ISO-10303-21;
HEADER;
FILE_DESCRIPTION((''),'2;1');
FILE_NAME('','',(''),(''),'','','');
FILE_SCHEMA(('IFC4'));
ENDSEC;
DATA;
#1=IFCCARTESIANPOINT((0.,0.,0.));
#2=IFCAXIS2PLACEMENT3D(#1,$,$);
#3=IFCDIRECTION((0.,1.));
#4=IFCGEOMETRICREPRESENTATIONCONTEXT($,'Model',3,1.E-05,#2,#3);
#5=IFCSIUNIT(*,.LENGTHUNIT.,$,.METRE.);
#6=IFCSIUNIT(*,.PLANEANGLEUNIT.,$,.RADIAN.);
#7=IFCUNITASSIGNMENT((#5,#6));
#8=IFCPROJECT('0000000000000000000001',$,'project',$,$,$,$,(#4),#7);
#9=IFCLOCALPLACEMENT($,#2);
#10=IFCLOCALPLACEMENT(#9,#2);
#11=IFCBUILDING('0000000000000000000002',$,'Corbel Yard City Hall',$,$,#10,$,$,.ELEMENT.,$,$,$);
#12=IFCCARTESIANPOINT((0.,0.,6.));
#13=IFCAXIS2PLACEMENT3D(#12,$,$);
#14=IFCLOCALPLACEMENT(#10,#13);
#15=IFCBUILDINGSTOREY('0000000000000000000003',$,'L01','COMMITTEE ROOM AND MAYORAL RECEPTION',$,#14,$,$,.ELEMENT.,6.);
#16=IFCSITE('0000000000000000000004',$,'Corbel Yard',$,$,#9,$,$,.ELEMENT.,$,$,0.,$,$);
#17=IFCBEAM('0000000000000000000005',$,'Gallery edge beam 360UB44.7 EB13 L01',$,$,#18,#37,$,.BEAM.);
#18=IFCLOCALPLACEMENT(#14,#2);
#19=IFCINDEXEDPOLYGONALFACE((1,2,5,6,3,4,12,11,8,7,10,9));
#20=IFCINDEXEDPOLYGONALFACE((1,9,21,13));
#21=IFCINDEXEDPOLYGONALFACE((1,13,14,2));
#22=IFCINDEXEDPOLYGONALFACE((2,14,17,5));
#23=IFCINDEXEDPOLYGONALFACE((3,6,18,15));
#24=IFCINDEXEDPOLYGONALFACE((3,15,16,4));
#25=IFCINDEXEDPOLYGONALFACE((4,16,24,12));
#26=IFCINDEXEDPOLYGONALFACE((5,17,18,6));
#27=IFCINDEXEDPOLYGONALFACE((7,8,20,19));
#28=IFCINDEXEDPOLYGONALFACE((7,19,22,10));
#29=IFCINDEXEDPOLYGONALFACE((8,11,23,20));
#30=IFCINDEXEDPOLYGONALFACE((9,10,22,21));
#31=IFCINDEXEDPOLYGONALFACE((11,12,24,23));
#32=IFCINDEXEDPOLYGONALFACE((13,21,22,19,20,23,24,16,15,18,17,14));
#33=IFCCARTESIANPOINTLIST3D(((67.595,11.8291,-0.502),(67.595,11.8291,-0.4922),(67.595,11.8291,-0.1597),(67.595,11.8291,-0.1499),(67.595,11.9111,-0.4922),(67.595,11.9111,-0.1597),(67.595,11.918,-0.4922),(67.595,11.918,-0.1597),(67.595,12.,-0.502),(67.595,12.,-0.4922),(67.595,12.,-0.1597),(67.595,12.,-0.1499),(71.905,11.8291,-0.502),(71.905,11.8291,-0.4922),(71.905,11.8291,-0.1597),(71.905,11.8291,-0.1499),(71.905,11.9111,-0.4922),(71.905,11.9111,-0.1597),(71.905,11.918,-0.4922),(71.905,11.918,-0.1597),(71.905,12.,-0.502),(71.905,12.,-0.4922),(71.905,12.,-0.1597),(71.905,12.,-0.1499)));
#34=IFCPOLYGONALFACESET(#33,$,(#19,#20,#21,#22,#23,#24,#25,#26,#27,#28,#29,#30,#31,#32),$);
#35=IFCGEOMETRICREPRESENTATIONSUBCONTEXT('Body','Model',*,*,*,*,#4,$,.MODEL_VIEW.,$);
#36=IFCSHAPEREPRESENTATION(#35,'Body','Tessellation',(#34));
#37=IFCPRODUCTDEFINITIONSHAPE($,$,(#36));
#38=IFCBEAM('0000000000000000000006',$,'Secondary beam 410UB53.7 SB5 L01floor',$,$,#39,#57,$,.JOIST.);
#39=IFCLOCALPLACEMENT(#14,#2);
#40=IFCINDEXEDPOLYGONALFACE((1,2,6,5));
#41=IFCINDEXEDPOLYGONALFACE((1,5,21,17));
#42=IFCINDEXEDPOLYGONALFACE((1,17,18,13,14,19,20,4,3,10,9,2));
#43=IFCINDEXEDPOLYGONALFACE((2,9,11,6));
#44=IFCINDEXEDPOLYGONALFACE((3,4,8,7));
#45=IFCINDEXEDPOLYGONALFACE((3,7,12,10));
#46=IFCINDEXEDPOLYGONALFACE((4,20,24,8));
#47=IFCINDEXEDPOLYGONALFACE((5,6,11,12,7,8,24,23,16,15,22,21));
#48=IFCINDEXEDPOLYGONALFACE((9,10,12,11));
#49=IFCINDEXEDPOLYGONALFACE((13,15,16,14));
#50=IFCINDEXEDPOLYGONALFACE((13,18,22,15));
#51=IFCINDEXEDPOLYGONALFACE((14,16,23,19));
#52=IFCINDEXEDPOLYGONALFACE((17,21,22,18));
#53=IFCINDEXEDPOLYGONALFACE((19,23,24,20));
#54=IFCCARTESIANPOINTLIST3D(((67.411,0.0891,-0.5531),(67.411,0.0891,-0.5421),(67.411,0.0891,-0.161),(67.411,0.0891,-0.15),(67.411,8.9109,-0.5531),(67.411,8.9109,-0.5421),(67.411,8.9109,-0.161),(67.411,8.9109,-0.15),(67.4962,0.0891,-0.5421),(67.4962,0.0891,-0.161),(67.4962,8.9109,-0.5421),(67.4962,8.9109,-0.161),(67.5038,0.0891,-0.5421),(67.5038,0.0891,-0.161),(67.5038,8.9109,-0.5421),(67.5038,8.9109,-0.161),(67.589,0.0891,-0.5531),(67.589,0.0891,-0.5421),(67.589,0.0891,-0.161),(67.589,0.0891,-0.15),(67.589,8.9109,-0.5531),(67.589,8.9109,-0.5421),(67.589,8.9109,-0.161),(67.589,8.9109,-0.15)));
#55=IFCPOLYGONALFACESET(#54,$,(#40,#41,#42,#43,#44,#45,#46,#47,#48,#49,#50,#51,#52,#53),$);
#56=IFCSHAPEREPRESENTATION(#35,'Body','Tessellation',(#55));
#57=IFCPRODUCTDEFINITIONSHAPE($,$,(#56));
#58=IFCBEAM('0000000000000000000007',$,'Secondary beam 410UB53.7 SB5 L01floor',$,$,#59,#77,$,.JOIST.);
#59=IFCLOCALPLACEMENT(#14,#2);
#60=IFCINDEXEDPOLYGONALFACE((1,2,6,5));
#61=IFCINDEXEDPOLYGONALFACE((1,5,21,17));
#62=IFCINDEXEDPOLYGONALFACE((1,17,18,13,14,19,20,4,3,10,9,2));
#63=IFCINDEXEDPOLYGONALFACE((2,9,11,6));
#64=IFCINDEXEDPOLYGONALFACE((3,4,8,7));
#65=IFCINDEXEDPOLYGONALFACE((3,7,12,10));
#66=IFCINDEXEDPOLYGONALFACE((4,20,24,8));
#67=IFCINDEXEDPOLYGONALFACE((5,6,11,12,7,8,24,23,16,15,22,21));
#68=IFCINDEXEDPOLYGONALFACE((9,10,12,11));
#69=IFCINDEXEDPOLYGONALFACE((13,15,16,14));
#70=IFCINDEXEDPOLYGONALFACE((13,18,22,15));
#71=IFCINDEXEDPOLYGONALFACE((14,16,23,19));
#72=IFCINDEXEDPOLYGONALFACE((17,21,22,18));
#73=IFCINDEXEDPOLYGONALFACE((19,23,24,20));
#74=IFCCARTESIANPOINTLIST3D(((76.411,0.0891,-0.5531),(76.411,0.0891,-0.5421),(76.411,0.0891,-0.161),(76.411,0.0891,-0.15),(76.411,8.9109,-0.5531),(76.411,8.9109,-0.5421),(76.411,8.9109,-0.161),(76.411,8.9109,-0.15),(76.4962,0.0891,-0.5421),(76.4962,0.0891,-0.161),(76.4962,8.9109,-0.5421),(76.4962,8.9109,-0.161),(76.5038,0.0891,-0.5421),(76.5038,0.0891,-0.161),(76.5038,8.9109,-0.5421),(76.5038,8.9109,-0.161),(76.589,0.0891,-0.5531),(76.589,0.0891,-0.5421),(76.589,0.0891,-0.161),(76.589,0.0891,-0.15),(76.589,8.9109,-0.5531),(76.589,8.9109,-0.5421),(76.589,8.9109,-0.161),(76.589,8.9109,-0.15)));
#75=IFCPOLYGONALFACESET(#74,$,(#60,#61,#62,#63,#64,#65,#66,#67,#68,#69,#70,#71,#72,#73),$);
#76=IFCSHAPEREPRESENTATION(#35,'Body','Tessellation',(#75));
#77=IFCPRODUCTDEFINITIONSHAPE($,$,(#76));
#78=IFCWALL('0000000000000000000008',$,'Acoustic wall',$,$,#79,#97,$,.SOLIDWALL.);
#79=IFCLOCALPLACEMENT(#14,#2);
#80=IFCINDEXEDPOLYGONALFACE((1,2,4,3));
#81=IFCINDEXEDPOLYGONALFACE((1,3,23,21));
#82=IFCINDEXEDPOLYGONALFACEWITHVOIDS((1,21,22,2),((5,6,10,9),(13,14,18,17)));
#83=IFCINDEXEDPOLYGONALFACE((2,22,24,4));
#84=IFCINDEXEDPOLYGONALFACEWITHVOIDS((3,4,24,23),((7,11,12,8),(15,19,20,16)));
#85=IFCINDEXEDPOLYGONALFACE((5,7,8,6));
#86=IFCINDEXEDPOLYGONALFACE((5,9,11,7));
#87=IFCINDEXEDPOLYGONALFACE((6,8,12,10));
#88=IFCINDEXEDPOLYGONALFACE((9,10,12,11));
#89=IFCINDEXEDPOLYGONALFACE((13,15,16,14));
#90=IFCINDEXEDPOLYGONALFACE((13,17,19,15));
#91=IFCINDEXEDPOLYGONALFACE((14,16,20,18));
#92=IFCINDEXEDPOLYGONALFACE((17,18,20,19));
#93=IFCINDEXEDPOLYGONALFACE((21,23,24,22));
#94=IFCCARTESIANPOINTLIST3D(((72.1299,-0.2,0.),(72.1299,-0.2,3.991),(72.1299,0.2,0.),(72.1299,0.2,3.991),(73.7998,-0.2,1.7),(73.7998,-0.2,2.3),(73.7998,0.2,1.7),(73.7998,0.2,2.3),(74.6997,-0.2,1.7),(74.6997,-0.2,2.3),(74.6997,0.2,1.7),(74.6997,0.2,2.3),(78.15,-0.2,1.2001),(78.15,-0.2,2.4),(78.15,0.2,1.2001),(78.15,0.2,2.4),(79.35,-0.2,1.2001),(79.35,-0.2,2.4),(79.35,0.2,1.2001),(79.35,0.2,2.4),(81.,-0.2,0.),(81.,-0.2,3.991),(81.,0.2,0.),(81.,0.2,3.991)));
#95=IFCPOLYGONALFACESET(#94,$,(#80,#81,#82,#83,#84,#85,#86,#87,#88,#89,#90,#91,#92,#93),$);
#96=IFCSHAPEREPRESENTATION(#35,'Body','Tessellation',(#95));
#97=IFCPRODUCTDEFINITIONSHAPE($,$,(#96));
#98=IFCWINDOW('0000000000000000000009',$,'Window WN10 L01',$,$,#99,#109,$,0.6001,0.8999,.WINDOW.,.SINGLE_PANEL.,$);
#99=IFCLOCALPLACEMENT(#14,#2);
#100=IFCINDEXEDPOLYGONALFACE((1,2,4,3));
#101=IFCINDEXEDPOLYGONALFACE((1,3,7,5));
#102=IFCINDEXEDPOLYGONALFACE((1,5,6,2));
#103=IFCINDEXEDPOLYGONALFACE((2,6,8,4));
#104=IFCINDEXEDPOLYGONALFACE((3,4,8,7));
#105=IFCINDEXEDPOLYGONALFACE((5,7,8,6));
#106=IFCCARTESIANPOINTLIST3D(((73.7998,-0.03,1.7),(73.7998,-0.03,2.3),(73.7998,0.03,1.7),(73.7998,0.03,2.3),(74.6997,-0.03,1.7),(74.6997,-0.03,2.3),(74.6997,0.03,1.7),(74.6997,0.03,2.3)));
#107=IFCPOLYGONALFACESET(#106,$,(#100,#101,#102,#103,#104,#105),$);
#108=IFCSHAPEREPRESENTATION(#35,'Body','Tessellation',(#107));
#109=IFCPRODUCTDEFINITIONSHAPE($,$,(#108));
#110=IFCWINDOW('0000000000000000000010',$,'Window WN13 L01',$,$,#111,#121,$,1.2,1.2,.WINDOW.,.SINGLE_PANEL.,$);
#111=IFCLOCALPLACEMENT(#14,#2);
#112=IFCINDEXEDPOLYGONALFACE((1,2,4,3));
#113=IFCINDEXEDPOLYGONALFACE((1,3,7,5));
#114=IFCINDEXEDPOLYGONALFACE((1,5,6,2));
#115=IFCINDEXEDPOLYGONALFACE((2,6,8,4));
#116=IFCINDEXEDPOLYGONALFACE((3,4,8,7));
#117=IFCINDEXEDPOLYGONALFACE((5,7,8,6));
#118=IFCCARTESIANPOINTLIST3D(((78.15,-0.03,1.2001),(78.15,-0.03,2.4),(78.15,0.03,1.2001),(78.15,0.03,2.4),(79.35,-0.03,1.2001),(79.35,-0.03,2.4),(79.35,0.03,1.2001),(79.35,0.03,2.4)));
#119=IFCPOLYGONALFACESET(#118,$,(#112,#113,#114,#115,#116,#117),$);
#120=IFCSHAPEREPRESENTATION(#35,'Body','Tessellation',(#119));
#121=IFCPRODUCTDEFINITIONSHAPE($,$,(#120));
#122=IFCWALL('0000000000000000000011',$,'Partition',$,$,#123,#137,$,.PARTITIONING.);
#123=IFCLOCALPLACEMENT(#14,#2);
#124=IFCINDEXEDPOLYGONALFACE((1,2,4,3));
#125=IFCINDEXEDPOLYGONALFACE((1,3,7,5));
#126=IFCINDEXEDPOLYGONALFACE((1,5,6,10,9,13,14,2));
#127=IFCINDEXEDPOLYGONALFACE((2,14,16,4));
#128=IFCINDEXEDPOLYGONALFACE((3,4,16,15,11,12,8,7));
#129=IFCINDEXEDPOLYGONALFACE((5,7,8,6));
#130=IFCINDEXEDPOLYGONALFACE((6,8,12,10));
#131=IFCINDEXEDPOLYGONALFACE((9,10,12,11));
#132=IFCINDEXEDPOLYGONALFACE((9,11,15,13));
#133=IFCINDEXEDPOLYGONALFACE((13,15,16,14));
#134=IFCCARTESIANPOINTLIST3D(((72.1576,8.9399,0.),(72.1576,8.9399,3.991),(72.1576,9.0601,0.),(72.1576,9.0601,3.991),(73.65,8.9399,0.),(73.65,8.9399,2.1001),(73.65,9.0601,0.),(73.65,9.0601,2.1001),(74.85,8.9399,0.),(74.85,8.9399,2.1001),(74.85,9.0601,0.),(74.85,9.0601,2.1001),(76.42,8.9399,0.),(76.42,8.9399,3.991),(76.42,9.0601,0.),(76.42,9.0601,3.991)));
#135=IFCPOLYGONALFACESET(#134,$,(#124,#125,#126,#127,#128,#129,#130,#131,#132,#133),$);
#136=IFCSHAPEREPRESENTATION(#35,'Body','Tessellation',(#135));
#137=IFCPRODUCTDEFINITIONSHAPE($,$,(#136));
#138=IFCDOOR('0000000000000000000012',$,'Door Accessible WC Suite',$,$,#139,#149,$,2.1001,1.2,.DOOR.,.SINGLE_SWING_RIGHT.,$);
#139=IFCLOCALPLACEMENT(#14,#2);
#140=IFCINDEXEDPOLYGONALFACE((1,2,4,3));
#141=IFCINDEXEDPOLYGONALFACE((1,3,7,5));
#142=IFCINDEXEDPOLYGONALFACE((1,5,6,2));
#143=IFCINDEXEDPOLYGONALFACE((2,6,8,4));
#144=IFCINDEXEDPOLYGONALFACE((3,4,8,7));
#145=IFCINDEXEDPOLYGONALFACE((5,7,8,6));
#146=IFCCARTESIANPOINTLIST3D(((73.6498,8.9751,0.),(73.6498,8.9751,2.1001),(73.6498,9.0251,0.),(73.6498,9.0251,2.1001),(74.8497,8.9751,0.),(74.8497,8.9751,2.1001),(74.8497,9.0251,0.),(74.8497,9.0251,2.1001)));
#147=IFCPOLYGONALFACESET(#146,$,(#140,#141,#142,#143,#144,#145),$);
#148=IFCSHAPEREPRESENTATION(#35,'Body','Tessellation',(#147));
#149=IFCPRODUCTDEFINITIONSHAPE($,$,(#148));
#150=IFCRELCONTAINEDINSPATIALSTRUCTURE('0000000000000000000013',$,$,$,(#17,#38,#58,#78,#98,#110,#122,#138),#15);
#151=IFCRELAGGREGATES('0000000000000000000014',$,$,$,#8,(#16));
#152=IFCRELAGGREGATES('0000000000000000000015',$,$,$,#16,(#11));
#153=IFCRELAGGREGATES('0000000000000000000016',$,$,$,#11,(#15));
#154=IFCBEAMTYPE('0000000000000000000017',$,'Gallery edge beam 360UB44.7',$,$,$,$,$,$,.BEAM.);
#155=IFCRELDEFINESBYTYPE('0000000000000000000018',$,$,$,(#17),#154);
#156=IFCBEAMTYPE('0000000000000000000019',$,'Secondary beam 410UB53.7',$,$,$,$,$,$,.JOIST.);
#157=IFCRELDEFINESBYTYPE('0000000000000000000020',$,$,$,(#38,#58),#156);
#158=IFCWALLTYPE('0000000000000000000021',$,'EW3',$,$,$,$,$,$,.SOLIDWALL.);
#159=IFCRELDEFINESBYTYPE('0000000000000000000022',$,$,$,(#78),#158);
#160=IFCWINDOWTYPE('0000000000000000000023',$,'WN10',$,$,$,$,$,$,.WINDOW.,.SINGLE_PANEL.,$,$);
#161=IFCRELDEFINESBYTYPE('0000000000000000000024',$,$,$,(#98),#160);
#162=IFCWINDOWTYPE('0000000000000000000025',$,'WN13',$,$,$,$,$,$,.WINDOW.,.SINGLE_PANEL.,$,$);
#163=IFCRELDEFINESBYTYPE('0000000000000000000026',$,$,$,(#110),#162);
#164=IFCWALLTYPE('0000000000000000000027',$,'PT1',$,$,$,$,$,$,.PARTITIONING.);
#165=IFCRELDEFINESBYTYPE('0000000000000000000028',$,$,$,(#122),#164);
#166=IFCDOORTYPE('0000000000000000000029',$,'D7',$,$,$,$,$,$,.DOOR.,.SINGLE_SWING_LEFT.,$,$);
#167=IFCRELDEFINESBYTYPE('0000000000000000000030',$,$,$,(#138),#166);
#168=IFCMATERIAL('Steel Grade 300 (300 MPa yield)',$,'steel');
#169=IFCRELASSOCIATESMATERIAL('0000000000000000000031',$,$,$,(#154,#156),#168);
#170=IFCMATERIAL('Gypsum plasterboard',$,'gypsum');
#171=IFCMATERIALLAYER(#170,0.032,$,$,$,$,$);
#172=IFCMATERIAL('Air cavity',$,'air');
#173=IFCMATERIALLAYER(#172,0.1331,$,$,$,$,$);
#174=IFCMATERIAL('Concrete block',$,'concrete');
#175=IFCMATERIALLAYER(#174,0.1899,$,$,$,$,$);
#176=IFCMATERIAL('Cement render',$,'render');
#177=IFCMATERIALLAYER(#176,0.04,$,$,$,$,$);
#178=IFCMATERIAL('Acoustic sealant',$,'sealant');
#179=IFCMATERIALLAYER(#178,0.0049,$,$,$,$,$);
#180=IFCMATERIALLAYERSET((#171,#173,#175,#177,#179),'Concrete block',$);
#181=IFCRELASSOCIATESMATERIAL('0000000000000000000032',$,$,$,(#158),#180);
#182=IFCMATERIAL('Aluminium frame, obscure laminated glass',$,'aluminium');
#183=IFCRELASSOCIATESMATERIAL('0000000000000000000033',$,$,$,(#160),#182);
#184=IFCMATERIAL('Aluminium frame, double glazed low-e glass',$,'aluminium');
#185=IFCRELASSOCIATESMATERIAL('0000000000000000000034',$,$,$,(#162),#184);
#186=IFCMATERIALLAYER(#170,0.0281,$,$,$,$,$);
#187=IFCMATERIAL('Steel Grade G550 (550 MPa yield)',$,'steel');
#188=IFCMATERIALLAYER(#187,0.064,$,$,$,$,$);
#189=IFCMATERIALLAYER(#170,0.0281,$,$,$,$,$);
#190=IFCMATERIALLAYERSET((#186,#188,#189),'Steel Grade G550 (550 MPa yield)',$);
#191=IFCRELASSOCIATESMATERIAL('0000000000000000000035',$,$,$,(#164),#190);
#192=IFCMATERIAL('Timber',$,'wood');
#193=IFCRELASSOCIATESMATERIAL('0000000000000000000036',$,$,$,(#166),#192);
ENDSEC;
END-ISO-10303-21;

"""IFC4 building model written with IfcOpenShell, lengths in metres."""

from ifc_helpers import new_model, si_unit, direction, frame, frame_2d, origin, origin_2d, place, context, subcontext, project, spatial, rectangle, i_section, extrude, material, layer, layer_set, material_profile, profile_set, type_object, element, fill, save


model = new_model("IFC4")

# Units and contexts
model_context = context("Model", 3, precision=1e-05, world=origin(), true_north=direction((0.0, 1.0)))
body_context = subcontext(model_context, "Body", "Model", "MODEL_VIEW")
ifc_project = project(units=[si_unit("LENGTHUNIT", "METRE"), si_unit("PLANEANGLEUNIT", "RADIAN")], contexts=[model_context])

# Site, building, storey
site_placement = place(None, origin())
site = spatial("IfcSite", under=ifc_project, at=site_placement, Name="Corbel Yard", CompositionType="ELEMENT", RefElevation=0.0)
building_placement = place(site_placement, origin())
building = spatial("IfcBuilding", under=site, at=building_placement, Name="Corbel Yard City Hall", CompositionType="ELEMENT")
storey_placement = place(building_placement, frame((0.0, 0.0, 6.0)))
storey = spatial("IfcBuildingStorey", under=building, at=storey_placement, Name="L01", Description="COMMITTEE ROOM AND MAYORAL RECEPTION", CompositionType="ELEMENT", Elevation=6.0)

# Shared definitions
ifc_material_1 = material(Name="Steel Grade 300 (300 MPa yield)", Category="steel")

# Beams
ifc_material_profile_1 = material_profile(ifc_material_1, i_section(OverallWidth=0.1709, OverallDepth=0.3521, WebThickness=0.0068, FlangeThickness=0.0098, at=origin_2d()), Name="360UB44.7")
ifc_profile_set_1 = profile_set([ifc_material_profile_1], Name="Steel Grade 300 (300 MPa yield)")
beam_type_1 = type_object("IfcBeamType", Name="Gallery edge beam 360UB44.7", PredefinedType="BEAM", material=ifc_profile_set_1)
beam_1_placement = place(storey_placement, frame((67.595, 11.9146, -0.3259), z_axis=(1.0, 0.0, 0.0), x_axis=(0.0, 1.0, 0.0)))
element("IfcBeam", 1, at=beam_1_placement, inside=storey, type_object=beam_type_1, Name="Gallery edge beam 360UB44.7 EB13 L01", PredefinedType="BEAM", context=body_context, shape_type="SweptSolid", body=[
    extrude(i_section(OverallWidth=0.1709, OverallDepth=0.3521, WebThickness=0.0068, FlangeThickness=0.0098, at=origin_2d()), origin(), (0.0, 0.0, 1.0), 4.3101),
])
ifc_material_profile_2 = material_profile(ifc_material_1, i_section(OverallWidth=0.178, OverallDepth=0.4031, WebThickness=0.0076, FlangeThickness=0.011, at=origin_2d()), Name="410UB53.7")
ifc_profile_set_2 = profile_set([ifc_material_profile_2], Name="Steel Grade 300 (300 MPa yield)")
beam_type_2 = type_object("IfcBeamType", Name="Secondary beam 410UB53.7", PredefinedType="JOIST", material=ifc_profile_set_2)
for number, where, z_axis, x_axis, name in (
    (2, (67.5, 0.0891, -0.3516), (0.0, 1.0, 0.0), (-1.0, 0.0, 0.0), "Secondary beam 410UB53.7 SB5 L01floor"),
    (3, (76.5, 0.0891, -0.3516), (0.0, 1.0, 0.0), (-1.0, 0.0, 0.0), "Secondary beam 410UB53.7 SB5 L01floor"),
):
    element("IfcBeam", number, at=place(storey_placement, frame(where, z_axis=z_axis, x_axis=x_axis)), inside=storey, type_object=beam_type_2, Name=name, PredefinedType="JOIST", context=body_context, shape_type="SweptSolid", body=[
        extrude(i_section(OverallWidth=0.178, OverallDepth=0.4031, WebThickness=0.0076, FlangeThickness=0.011, at=origin_2d()), origin(), (0.0, 0.0, 1.0), 8.8218),
    ])

# Wall, openings, windows
ifc_material_2 = material(Name="Gypsum plasterboard", Category="gypsum")
ifc_layer_1 = layer(ifc_material_2, 0.032)
ifc_material_3 = material(Name="Air cavity", Category="air")
ifc_layer_2 = layer(ifc_material_3, 0.1331)
ifc_material_4 = material(Name="Concrete block", Category="concrete")
ifc_layer_3 = layer(ifc_material_4, 0.1899)
ifc_material_5 = material(Name="Cement render", Category="render")
ifc_layer_4 = layer(ifc_material_5, 0.04)
ifc_material_6 = material(Name="Acoustic sealant", Category="sealant")
ifc_layer_5 = layer(ifc_material_6, 0.0049)
ifc_layer_set_1 = layer_set([ifc_layer_1, ifc_layer_2, ifc_layer_3, ifc_layer_4, ifc_layer_5], Name="Concrete block")
wall_type_1 = type_object("IfcWallType", Name="EW3", PredefinedType="SOLIDWALL", material=ifc_layer_set_1)
wall_1_placement = place(storey_placement, frame((72.1299, 0.0, 0.0), z_axis=(0.0, 0.0, 1.0), x_axis=(1.0, 0.0, 0.0)))
wall_1 = element("IfcWall", 4, at=wall_1_placement, inside=storey, type_object=wall_type_1, Name="Acoustic wall", PredefinedType="SOLIDWALL", context=body_context, shape_type="SweptSolid", body=[
    extrude(rectangle(XDim=8.8701, YDim=0.3999, at=frame_2d((4.4351, 0.0))), origin(), (0.0, 0.0, 1.0), 3.991),
])
opening_1_placement = place(wall_1_placement, frame((1.6699, 0.0, 1.7)))
opening_1 = element("IfcOpeningElement", 5, at=opening_1_placement, cuts=wall_1, PredefinedType="OPENING", context=body_context, shape_type="SweptSolid", body=[
    extrude(rectangle(XDim=0.8999, YDim=0.6001, at=frame_2d((0.45, 0.3))), frame((0.0, 0.21, 0.0), z_axis=(0.0, -1.0, 0.0), x_axis=(1.0, 0.0, 0.0)), (0.0, 0.0, 1.0), 0.4199),
])
opening_2_placement = place(wall_1_placement, frame((6.02, 0.0, 1.2)))
opening_2 = element("IfcOpeningElement", 6, at=opening_2_placement, cuts=wall_1, PredefinedType="OPENING", context=body_context, shape_type="SweptSolid", body=[
    extrude(rectangle(XDim=1.2, YDim=1.2, at=frame_2d((0.6001, 0.6001))), frame((0.0, 0.21, 0.0), z_axis=(0.0, -1.0, 0.0), x_axis=(1.0, 0.0, 0.0)), (0.0, 0.0, 1.0), 0.4199),
])
ifc_material_7 = material(Name="Aluminium frame, obscure laminated glass", Category="aluminium")
window_type_1 = type_object("IfcWindowType", Name="WN10", PartitioningType="SINGLE_PANEL", PredefinedType="WINDOW", material=ifc_material_7)
window_1_placement = place(opening_1_placement, origin())
window_1 = element("IfcWindow", 7, at=window_1_placement, inside=storey, type_object=window_type_1, Name="Window WN10 L01", OverallHeight=0.6001, OverallWidth=0.8999, PartitioningType="SINGLE_PANEL", PredefinedType="WINDOW", context=body_context, shape_type="SweptSolid", body=[
    extrude(rectangle(XDim=0.8999, YDim=0.6001, at=frame_2d((0.45, 0.3))), frame((0.0, 0.03, 0.0), z_axis=(0.0, -1.0, 0.0), x_axis=(1.0, 0.0, 0.0)), (0.0, 0.0, 1.0), 0.0601),
])
fill(opening_1, window_1)
ifc_material_8 = material(Name="Aluminium frame, double glazed low-e glass", Category="aluminium")
window_type_2 = type_object("IfcWindowType", Name="WN13", PartitioningType="SINGLE_PANEL", PredefinedType="WINDOW", material=ifc_material_8)
window_2_placement = place(opening_2_placement, origin())
window_2 = element("IfcWindow", 8, at=window_2_placement, inside=storey, type_object=window_type_2, Name="Window WN13 L01", OverallHeight=1.2, OverallWidth=1.2, PartitioningType="SINGLE_PANEL", PredefinedType="WINDOW", context=body_context, shape_type="SweptSolid", body=[
    extrude(rectangle(XDim=1.2, YDim=1.2, at=frame_2d((0.6001, 0.6001))), frame((0.0, 0.03, 0.0), z_axis=(0.0, -1.0, 0.0), x_axis=(1.0, 0.0, 0.0)), (0.0, 0.0, 1.0), 0.0601),
])
fill(opening_2, window_2)

# Wall, opening, door
ifc_layer_6 = layer(ifc_material_2, 0.0281)
ifc_material_9 = material(Name="Steel Grade G550 (550 MPa yield)", Category="steel")
ifc_layer_7 = layer(ifc_material_9, 0.064)
ifc_layer_8 = layer(ifc_material_2, 0.0281)
ifc_layer_set_2 = layer_set([ifc_layer_6, ifc_layer_7, ifc_layer_8], Name="Steel Grade G550 (550 MPa yield)")
wall_type_2 = type_object("IfcWallType", Name="PT1", PredefinedType="PARTITIONING", material=ifc_layer_set_2)
wall_2_placement = place(storey_placement, frame((72.1575, 9.0, 0.0), z_axis=(0.0, 0.0, 1.0), x_axis=(1.0, 0.0, 0.0)))
wall_2 = element("IfcWall", 9, at=wall_2_placement, inside=storey, type_object=wall_type_2, Name="Partition", PredefinedType="PARTITIONING", context=body_context, shape_type="SweptSolid", body=[
    extrude(rectangle(XDim=4.2625, YDim=0.1201, at=frame_2d((2.1313, 0.0))), origin(), (0.0, 0.0, 1.0), 3.991),
])
opening_3_placement = place(wall_2_placement, frame((1.4924, 0.0, 0.0)))
opening_3 = element("IfcOpeningElement", 10, at=opening_3_placement, cuts=wall_2, PredefinedType="OPENING", context=body_context, shape_type="SweptSolid", body=[
    extrude(rectangle(XDim=1.2, YDim=2.1001, at=frame_2d((0.6001, 1.05))), frame((0.0, 0.0701, 0.0), z_axis=(0.0, -1.0, 0.0), x_axis=(1.0, 0.0, 0.0)), (0.0, 0.0, 1.0), 0.1401),
])
ifc_material_10 = material(Name="Timber", Category="wood")
door_type_1 = type_object("IfcDoorType", Name="D7", OperationType="SINGLE_SWING_LEFT", PredefinedType="DOOR", material=ifc_material_10)
door_1_placement = place(opening_3_placement, frame((1.2, 0.0, 0.0), z_axis=(0.0, 0.0, 1.0), x_axis=(-1.0, 0.0, 0.0)))
door_1 = element("IfcDoor", 11, at=door_1_placement, inside=storey, type_object=door_type_1, Name="Door Accessible WC Suite", OperationType="SINGLE_SWING_RIGHT", OverallHeight=2.1001, OverallWidth=1.2, PredefinedType="DOOR", context=body_context, shape_type="SweptSolid", body=[
    extrude(rectangle(XDim=1.2, YDim=2.1001, at=frame_2d((0.6001, 1.05))), frame((0.0, 0.0249, 0.0), z_axis=(0.0, -1.0, 0.0), x_axis=(1.0, 0.0, 0.0)), (0.0, 0.0, 1.0), 0.05),
])
fill(opening_3, door_1)

save(model, "model.ifc")
